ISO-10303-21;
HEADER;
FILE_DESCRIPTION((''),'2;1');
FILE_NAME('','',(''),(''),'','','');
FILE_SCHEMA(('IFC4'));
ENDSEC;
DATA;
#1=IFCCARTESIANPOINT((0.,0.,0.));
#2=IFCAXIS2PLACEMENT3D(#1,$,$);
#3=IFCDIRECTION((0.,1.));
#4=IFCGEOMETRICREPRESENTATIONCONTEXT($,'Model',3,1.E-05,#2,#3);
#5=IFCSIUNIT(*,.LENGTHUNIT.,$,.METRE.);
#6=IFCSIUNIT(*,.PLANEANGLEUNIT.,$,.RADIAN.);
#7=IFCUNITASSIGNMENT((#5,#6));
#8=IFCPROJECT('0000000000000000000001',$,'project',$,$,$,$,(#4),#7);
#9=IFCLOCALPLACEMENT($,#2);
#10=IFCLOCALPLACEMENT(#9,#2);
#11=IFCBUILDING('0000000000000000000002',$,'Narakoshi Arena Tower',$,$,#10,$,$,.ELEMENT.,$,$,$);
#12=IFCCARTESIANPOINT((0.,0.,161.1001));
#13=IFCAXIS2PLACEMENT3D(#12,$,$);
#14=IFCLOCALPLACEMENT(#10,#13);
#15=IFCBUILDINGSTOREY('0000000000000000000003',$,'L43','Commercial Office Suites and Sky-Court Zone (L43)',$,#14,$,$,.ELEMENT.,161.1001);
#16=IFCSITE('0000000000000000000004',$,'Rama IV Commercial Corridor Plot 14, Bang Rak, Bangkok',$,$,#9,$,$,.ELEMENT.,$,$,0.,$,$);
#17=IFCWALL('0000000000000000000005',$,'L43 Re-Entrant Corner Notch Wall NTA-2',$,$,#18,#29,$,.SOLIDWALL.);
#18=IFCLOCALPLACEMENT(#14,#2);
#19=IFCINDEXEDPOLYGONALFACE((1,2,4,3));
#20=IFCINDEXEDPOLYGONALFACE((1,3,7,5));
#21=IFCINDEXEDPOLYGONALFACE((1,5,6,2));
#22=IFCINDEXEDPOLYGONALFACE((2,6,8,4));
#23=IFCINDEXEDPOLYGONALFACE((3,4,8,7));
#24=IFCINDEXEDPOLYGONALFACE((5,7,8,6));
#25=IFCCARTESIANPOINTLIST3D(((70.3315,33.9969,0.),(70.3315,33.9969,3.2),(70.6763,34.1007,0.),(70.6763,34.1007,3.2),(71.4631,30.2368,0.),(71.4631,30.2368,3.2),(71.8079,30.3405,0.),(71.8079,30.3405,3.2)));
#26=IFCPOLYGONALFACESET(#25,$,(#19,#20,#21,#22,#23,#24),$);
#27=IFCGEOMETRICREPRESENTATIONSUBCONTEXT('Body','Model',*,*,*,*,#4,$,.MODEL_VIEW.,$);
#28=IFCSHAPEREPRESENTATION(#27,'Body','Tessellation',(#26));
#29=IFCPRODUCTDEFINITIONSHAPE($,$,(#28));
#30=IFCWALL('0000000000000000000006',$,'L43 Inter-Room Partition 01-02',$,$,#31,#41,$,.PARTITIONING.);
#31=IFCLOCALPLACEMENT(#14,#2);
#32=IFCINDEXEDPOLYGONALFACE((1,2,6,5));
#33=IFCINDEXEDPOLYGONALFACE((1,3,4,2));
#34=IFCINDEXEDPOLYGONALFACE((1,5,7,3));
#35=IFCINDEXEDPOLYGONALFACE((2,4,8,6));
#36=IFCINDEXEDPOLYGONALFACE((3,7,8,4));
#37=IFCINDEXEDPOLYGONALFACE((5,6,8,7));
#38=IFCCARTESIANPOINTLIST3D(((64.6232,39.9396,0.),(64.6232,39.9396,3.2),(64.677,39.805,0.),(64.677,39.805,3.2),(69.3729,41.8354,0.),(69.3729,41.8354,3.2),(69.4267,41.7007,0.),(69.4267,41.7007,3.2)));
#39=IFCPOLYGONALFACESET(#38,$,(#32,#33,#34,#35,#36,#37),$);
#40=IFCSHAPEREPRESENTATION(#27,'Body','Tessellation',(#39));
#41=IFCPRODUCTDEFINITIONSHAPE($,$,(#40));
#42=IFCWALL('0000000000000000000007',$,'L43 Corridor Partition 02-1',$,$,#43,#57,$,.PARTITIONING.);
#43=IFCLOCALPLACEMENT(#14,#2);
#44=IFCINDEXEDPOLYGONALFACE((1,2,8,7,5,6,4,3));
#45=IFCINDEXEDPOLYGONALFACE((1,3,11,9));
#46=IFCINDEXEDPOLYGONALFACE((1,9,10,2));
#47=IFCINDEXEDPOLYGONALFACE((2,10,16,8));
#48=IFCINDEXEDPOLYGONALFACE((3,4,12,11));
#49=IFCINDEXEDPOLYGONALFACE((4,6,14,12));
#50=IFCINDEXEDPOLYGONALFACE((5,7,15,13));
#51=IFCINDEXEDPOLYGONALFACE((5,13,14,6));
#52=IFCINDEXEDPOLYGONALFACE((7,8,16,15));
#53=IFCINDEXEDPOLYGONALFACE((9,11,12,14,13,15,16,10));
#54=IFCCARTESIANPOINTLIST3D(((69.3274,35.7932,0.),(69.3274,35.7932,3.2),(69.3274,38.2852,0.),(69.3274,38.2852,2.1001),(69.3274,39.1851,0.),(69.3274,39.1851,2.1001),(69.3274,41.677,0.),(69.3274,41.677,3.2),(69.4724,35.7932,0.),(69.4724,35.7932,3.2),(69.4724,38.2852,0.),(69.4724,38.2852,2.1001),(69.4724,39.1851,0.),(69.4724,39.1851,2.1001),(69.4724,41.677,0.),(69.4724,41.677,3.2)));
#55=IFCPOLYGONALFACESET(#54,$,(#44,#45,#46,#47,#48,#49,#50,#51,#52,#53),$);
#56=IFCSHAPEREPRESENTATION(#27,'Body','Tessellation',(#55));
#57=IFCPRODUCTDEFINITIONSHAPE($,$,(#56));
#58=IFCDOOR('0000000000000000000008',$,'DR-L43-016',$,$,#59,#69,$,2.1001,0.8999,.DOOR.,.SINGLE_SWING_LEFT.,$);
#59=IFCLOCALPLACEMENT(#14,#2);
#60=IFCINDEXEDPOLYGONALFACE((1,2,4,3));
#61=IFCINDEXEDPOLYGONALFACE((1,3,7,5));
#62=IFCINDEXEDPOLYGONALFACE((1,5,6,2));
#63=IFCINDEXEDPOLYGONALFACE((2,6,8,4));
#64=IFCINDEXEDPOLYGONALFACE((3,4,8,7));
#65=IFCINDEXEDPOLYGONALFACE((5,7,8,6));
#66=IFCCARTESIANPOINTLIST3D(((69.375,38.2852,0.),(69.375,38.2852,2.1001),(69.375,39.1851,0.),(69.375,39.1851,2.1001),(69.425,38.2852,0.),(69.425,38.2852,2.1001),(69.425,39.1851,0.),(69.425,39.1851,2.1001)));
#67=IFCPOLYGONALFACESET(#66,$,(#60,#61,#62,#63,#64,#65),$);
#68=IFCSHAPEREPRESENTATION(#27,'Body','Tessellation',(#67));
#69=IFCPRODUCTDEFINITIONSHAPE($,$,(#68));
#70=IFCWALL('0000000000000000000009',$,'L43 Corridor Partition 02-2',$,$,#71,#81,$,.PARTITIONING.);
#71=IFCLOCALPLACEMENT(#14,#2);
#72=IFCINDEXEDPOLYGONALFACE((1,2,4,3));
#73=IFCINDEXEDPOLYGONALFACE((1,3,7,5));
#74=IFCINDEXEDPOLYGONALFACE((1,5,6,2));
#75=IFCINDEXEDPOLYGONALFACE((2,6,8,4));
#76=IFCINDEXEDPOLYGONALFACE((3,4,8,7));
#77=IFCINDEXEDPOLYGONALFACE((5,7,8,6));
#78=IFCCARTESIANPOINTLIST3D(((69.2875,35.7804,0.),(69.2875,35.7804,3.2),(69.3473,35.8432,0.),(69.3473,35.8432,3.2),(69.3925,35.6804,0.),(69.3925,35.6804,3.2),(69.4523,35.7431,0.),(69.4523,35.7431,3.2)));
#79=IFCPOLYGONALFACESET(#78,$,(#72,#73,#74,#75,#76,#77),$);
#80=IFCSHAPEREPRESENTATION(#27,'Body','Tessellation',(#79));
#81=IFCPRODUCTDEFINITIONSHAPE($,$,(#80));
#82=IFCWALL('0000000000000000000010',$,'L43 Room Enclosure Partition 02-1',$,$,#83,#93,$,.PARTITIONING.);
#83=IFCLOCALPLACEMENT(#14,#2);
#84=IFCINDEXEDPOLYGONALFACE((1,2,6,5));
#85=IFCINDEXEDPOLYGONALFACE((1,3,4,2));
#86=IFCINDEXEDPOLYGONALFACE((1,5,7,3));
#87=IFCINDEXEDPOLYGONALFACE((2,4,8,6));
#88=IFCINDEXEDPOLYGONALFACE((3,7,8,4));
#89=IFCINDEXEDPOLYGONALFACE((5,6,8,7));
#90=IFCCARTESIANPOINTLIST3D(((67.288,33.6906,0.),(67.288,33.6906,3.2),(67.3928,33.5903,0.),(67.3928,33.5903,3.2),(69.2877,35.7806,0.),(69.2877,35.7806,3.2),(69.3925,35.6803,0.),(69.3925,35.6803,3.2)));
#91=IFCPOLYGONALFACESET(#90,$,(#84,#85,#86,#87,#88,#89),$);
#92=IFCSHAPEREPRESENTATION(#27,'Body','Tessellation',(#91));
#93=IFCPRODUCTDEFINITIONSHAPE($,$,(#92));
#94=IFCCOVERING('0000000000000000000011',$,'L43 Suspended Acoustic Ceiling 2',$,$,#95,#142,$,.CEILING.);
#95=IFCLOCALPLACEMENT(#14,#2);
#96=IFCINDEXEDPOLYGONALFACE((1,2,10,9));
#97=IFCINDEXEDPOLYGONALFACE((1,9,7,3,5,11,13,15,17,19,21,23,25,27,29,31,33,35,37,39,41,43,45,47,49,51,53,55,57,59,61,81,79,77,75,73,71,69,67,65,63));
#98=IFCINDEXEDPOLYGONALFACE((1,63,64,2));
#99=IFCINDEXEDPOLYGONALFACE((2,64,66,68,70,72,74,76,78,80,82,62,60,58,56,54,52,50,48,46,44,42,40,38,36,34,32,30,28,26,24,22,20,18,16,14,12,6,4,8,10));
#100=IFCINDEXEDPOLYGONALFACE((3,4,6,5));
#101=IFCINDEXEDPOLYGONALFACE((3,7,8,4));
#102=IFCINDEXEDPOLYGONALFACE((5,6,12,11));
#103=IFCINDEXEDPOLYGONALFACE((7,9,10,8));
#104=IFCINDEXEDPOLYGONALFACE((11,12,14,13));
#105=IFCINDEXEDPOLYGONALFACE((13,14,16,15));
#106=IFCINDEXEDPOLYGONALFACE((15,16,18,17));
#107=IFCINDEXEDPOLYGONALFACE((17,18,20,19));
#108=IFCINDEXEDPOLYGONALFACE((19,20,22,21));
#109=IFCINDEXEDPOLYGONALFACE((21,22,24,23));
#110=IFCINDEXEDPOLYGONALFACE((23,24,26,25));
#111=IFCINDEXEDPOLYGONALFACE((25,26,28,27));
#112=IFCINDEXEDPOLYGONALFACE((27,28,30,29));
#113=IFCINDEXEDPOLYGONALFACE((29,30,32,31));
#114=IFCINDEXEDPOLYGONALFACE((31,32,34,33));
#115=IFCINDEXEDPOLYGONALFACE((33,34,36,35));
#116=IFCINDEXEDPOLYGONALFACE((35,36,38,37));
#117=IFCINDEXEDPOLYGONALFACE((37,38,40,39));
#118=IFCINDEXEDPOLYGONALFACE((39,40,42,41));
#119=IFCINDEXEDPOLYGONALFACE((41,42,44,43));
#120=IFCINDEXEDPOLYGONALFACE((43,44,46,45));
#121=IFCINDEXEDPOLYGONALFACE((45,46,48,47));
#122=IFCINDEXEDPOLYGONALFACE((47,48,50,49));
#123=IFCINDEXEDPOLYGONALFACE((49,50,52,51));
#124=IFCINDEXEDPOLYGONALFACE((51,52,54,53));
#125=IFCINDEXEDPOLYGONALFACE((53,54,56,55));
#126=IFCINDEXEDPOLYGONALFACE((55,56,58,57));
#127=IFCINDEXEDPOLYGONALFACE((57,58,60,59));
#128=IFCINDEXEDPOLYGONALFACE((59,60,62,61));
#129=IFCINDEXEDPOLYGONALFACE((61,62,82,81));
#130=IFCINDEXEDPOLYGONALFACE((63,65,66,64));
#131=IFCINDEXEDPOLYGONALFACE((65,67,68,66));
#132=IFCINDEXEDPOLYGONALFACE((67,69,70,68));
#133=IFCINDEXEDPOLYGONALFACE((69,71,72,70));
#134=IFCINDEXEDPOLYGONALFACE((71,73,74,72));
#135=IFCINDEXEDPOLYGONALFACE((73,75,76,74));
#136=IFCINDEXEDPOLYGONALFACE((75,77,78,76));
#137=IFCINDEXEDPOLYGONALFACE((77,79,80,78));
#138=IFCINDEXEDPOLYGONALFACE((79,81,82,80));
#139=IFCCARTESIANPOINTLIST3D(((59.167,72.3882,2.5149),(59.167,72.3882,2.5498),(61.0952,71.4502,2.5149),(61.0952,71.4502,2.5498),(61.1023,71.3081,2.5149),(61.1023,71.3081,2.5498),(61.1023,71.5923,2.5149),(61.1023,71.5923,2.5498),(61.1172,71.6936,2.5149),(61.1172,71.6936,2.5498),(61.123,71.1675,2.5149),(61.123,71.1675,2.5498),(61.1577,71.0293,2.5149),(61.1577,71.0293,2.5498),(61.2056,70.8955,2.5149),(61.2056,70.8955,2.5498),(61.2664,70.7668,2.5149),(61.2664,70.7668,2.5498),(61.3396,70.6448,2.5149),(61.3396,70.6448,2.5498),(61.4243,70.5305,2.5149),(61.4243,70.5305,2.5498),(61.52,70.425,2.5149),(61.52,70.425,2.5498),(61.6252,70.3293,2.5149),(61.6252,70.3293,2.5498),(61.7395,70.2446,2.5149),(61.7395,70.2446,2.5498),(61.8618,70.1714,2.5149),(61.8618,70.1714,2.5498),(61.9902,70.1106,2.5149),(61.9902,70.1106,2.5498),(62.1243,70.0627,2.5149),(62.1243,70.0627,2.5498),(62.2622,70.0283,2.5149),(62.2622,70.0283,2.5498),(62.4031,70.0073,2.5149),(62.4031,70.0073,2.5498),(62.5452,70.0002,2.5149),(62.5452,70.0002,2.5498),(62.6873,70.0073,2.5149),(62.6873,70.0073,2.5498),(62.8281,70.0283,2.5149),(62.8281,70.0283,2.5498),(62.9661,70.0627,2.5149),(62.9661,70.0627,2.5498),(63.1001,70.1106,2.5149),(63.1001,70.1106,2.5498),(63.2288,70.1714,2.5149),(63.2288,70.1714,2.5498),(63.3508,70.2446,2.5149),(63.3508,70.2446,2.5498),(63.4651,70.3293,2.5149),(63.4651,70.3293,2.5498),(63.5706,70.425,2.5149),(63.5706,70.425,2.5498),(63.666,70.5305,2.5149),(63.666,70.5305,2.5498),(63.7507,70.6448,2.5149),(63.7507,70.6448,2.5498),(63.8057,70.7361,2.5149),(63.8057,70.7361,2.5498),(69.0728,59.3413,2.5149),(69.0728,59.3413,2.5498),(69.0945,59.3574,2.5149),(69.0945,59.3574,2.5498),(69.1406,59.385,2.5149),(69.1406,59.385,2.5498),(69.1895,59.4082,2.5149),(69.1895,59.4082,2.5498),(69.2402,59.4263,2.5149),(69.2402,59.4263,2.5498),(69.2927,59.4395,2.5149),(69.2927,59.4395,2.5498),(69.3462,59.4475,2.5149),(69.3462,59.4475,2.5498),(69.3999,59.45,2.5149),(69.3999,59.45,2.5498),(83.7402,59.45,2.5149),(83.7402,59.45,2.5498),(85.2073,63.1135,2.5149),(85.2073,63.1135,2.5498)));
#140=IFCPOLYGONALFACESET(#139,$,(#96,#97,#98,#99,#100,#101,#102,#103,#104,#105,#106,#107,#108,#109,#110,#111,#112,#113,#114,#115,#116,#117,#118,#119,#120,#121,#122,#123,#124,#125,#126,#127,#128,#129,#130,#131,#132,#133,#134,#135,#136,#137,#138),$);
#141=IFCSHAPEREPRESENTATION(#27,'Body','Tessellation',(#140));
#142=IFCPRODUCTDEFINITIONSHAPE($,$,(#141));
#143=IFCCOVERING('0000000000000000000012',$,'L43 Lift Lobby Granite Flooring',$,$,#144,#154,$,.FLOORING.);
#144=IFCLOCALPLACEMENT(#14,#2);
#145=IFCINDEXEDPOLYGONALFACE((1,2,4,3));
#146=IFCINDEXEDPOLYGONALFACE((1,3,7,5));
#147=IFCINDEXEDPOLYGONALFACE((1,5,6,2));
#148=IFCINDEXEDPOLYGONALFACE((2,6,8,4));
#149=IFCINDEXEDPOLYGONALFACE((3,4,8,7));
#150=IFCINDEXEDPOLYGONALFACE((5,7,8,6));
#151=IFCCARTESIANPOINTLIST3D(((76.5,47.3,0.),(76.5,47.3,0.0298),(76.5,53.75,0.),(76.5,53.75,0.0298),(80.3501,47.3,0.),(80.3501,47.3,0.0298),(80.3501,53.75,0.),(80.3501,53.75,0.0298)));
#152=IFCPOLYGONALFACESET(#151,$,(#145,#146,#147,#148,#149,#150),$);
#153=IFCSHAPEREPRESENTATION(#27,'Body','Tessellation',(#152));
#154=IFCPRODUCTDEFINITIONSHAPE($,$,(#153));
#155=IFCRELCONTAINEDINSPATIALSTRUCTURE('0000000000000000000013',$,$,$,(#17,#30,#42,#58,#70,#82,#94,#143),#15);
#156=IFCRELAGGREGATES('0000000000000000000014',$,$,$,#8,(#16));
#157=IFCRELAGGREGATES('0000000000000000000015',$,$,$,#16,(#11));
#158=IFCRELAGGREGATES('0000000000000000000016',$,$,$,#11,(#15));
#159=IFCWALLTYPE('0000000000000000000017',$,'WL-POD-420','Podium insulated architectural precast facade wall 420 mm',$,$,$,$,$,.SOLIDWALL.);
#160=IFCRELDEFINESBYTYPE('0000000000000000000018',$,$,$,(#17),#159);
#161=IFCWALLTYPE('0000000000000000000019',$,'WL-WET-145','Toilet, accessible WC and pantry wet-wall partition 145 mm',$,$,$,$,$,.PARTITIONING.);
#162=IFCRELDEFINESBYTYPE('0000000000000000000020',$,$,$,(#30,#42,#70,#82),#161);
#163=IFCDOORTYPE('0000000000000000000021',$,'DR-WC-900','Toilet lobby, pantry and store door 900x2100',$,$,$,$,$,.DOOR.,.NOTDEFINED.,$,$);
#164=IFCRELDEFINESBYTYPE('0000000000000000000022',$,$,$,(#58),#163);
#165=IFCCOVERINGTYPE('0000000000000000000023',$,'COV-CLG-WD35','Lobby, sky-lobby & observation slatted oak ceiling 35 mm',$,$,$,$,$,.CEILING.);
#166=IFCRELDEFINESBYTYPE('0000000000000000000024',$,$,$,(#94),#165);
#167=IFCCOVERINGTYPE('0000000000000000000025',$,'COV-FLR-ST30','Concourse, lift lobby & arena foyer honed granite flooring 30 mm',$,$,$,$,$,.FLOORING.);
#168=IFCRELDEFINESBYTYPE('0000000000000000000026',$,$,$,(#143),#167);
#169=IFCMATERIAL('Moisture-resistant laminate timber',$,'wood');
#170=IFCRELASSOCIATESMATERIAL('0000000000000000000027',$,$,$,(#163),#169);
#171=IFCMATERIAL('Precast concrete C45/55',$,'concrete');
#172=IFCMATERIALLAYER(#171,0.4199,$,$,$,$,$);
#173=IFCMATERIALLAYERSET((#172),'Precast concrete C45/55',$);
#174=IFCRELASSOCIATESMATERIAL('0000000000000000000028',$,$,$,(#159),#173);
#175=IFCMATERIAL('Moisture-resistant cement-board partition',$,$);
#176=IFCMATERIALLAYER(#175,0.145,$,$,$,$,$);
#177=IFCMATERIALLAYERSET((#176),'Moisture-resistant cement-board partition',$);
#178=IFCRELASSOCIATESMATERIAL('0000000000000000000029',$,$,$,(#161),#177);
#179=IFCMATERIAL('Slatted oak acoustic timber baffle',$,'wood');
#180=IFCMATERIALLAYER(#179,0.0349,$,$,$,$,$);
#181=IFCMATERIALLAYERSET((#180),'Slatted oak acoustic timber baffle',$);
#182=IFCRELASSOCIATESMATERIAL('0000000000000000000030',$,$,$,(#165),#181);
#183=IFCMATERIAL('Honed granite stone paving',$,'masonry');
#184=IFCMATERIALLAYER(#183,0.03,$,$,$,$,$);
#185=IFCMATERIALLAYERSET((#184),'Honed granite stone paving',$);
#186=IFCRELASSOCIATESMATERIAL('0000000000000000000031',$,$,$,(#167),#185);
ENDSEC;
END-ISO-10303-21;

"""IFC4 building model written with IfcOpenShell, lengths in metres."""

from ifc_helpers import new_model, si_unit, direction, frame, frame_2d, origin, place, context, subcontext, project, spatial, polyline, rectangle, outline, extrude, material, layer, layer_set, type_object, element, fill, save


model = new_model("IFC4")

# Units and contexts
model_context = context("Model", 3, precision=1e-05, world=origin(), true_north=direction((0.0, 1.0)))
body_context = subcontext(model_context, "Body", "Model", "MODEL_VIEW")
ifc_project = project(units=[si_unit("LENGTHUNIT", "METRE"), si_unit("PLANEANGLEUNIT", "RADIAN")], contexts=[model_context])

# Site, building, storey
site_placement = place(None, origin())
site = spatial("IfcSite", under=ifc_project, at=site_placement, Name="Rama IV Commercial Corridor Plot 14, Bang Rak, Bangkok", CompositionType="ELEMENT", RefElevation=0.0)
building_placement = place(site_placement, origin())
building = spatial("IfcBuilding", under=site, at=building_placement, Name="Narakoshi Arena Tower", CompositionType="ELEMENT")
storey_placement = place(building_placement, frame((0.0, 0.0, 161.1001)))
storey = spatial("IfcBuildingStorey", under=building, at=storey_placement, Name="L43", Description="Commercial Office Suites and Sky-Court Zone (L43)", CompositionType="ELEMENT", Elevation=161.1001)

# Shared definitions
ifc_material_1 = material(Name="Moisture-resistant laminate timber", Category="wood")
door_type_1 = type_object("IfcDoorType", Name="DR-WC-900", Description="Toilet lobby, pantry and store door 900x2100", OperationType="NOTDEFINED", PredefinedType="DOOR", material=ifc_material_1)

# Shared definitions
ifc_material_2 = material(Name="Precast concrete C45/55", Category="concrete")
ifc_layer_1 = layer(ifc_material_2, 0.4199)
ifc_layer_set_1 = layer_set([ifc_layer_1], Name="Precast concrete C45/55")
wall_type_1 = type_object("IfcWallType", Name="WL-POD-420", Description="Podium insulated architectural precast facade wall 420 mm", PredefinedType="SOLIDWALL", material=ifc_layer_set_1)

# Walls
wall_1_placement = place(storey_placement, frame((70.5039, 34.0488, 0.0), z_axis=(0.0, 0.0, 1.0), x_axis=(0.288169, -0.95758, 0.0)))
element("IfcWall", 1, at=wall_1_placement, inside=storey, type_object=wall_type_1, Name="L43 Re-Entrant Corner Notch Wall NTA-2", PredefinedType="SOLIDWALL", context=body_context, shape_type="SweptSolid", body=[
    extrude(rectangle(XDim=3.9268, YDim=0.3601, at=frame_2d((1.9634, 0.0))), origin(), (0.0, 0.0, 1.0), 3.2),
])
ifc_material_3 = material(Name="Moisture-resistant cement-board partition")
ifc_layer_2 = layer(ifc_material_3, 0.145)
ifc_layer_set_2 = layer_set([ifc_layer_2], Name="Moisture-resistant cement-board partition")
wall_type_2 = type_object("IfcWallType", Name="WL-WET-145", Description="Toilet, accessible WC and pantry wet-wall partition 145 mm", PredefinedType="PARTITIONING", material=ifc_layer_set_2)
wall_2_placement = place(storey_placement, frame((69.3999, 41.7681, 0.0), z_axis=(0.0, 0.0, 1.0), x_axis=(-0.928756, -0.370691, 0.0)))
element("IfcWall", 2, at=wall_2_placement, inside=storey, type_object=wall_type_2, Name="L43 Inter-Room Partition 01-02", PredefinedType="PARTITIONING", context=body_context, shape_type="SweptSolid", body=[
    extrude(rectangle(XDim=5.114, YDim=0.145, at=frame_2d((2.5571, 0.0))), origin(), (0.0, 0.0, 1.0), 3.2),
])

# Wall, opening, door
wall_3_placement = place(storey_placement, frame((69.3999, 41.677, 0.0), z_axis=(0.0, 0.0, 1.0), x_axis=(0.0, -1.0, 0.0)))
wall_3 = element("IfcWall", 3, at=wall_3_placement, inside=storey, type_object=wall_type_2, Name="L43 Corridor Partition 02-1", PredefinedType="PARTITIONING", context=body_context, shape_type="SweptSolid", body=[
    extrude(rectangle(XDim=5.8838, YDim=0.145, at=frame_2d((2.9419, 0.0))), origin(), (0.0, 0.0, 1.0), 3.2),
])
opening_1_placement = place(wall_3_placement, frame((2.4919, 0.0, 0.0)))
opening_1 = element("IfcOpeningElement", 4, at=opening_1_placement, cuts=wall_3, PredefinedType="OPENING", context=body_context, shape_type="SweptSolid", body=[
    extrude(rectangle(XDim=0.8999, YDim=2.1001, at=frame_2d((0.45, 1.05))), frame((0.0, 0.0825, 0.0), z_axis=(0.0, -1.0, 0.0), x_axis=(1.0, 0.0, 0.0)), (0.0, 0.0, 1.0), 0.165),
])
door_1_placement = place(opening_1_placement, frame((0.8999, 0.0, 0.0), z_axis=(0.0, 0.0, 1.0), x_axis=(-1.0, 0.0, 0.0)))
door_1 = element("IfcDoor", 5, at=door_1_placement, inside=storey, type_object=door_type_1, Name="DR-L43-016", OperationType="SINGLE_SWING_LEFT", OverallHeight=2.1001, OverallWidth=0.8999, PredefinedType="DOOR", context=body_context, shape_type="SweptSolid", body=[
    extrude(rectangle(XDim=0.8999, YDim=2.1001, at=frame_2d((0.45, 1.05))), frame((0.0, 0.0249, 0.0), z_axis=(0.0, -1.0, 0.0), x_axis=(1.0, 0.0, 0.0)), (0.0, 0.0, 1.0), 0.05),
])
fill(opening_1, door_1)

# Walls
wall_4_placement = place(storey_placement, frame((69.3999, 35.7932, 0.0), z_axis=(0.0, 0.0, 1.0), x_axis=(-0.690007, -0.723803, 0.0)))
element("IfcWall", 6, at=wall_4_placement, inside=storey, type_object=wall_type_2, Name="L43 Corridor Partition 02-2", PredefinedType="PARTITIONING", context=body_context, shape_type="SweptSolid", body=[
    extrude(rectangle(XDim=0.0867, YDim=0.145, at=frame_2d((0.0435, 0.0))), origin(), (0.0, 0.0, 1.0), 3.2),
])
wall_5_placement = place(storey_placement, frame((69.3401, 35.7305, 0.0), z_axis=(0.0, 0.0, 1.0), x_axis=(-0.69132, -0.722548, 0.0)))
element("IfcWall", 7, at=wall_5_placement, inside=storey, type_object=wall_type_2, Name="L43 Room Enclosure Partition 02-1", PredefinedType="PARTITIONING", context=body_context, shape_type="SweptSolid", body=[
    extrude(rectangle(XDim=2.8926, YDim=0.145, at=frame_2d((1.4463, 0.0))), origin(), (0.0, 0.0, 1.0), 3.2),
])

# Coverings
ifc_material_4 = material(Name="Slatted oak acoustic timber baffle", Category="wood")
ifc_layer_3 = layer(ifc_material_4, 0.0349)
ifc_layer_set_3 = layer_set([ifc_layer_3], Name="Slatted oak acoustic timber baffle")
covering_type_1 = type_object("IfcCoveringType", Name="COV-CLG-WD35", Description="Lobby, sky-lobby & observation slatted oak ceiling 35 mm", PredefinedType="CEILING", material=ifc_layer_set_3)
covering_1_placement = place(storey_placement, frame((0.0, 0.0, 2.5149)))
element("IfcCovering", 8, at=covering_1_placement, inside=storey, type_object=covering_type_1, Name="L43 Suspended Acoustic Ceiling 2", PredefinedType="CEILING", context=body_context, shape_type="SweptSolid", body=[
    extrude(outline(polyline([(59.167, 72.3882), (61.1172, 71.6936), (61.1023, 71.5923), (61.0952, 71.4502), (61.1023, 71.3081), (61.123, 71.1675), (61.1577, 71.0293), (61.2056, 70.8955), (61.2664, 70.7668), (61.3396, 70.6448), (61.4243, 70.5305), (61.52, 70.425), (61.6252, 70.3293), (61.7395, 70.2446), (61.8618, 70.1714), (61.9902, 70.1106), (62.1243, 70.0627), (62.2622, 70.0283), (62.4031, 70.0073), (62.5452, 70.0002), (62.6873, 70.0073), (62.8281, 70.0283), (62.9661, 70.0627), (63.1001, 70.1106), (63.2288, 70.1714), (63.3508, 70.2446), (63.4651, 70.3293), (63.5706, 70.425), (63.666, 70.5305), (63.7507, 70.6448), (63.8057, 70.7361), (85.2073, 63.1135), (83.7402, 59.45), (69.3999, 59.45), (69.3462, 59.4475), (69.2927, 59.4395), (69.2402, 59.4263), (69.1895, 59.4082), (69.1406, 59.385), (69.0945, 59.3574), (69.0728, 59.3413), (59.167, 72.3882)])), origin(), (0.0, 0.0, 1.0), 0.0349),
])
ifc_material_5 = material(Name="Honed granite stone paving", Category="masonry")
ifc_layer_4 = layer(ifc_material_5, 0.03)
ifc_layer_set_4 = layer_set([ifc_layer_4], Name="Honed granite stone paving")
covering_type_2 = type_object("IfcCoveringType", Name="COV-FLR-ST30", Description="Concourse, lift lobby & arena foyer honed granite flooring 30 mm", PredefinedType="FLOORING", material=ifc_layer_set_4)
covering_2_placement = place(storey_placement, origin())
element("IfcCovering", 9, at=covering_2_placement, inside=storey, type_object=covering_type_2, Name="L43 Lift Lobby Granite Flooring", PredefinedType="FLOORING", context=body_context, shape_type="SweptSolid", body=[
    extrude(outline(polyline([(76.5, 47.3), (80.3501, 47.3), (80.3501, 53.75), (76.5, 53.75), (76.5, 47.3)])), origin(), (0.0, 0.0, 1.0), 0.0298),
])

save(model, "model.ifc")
